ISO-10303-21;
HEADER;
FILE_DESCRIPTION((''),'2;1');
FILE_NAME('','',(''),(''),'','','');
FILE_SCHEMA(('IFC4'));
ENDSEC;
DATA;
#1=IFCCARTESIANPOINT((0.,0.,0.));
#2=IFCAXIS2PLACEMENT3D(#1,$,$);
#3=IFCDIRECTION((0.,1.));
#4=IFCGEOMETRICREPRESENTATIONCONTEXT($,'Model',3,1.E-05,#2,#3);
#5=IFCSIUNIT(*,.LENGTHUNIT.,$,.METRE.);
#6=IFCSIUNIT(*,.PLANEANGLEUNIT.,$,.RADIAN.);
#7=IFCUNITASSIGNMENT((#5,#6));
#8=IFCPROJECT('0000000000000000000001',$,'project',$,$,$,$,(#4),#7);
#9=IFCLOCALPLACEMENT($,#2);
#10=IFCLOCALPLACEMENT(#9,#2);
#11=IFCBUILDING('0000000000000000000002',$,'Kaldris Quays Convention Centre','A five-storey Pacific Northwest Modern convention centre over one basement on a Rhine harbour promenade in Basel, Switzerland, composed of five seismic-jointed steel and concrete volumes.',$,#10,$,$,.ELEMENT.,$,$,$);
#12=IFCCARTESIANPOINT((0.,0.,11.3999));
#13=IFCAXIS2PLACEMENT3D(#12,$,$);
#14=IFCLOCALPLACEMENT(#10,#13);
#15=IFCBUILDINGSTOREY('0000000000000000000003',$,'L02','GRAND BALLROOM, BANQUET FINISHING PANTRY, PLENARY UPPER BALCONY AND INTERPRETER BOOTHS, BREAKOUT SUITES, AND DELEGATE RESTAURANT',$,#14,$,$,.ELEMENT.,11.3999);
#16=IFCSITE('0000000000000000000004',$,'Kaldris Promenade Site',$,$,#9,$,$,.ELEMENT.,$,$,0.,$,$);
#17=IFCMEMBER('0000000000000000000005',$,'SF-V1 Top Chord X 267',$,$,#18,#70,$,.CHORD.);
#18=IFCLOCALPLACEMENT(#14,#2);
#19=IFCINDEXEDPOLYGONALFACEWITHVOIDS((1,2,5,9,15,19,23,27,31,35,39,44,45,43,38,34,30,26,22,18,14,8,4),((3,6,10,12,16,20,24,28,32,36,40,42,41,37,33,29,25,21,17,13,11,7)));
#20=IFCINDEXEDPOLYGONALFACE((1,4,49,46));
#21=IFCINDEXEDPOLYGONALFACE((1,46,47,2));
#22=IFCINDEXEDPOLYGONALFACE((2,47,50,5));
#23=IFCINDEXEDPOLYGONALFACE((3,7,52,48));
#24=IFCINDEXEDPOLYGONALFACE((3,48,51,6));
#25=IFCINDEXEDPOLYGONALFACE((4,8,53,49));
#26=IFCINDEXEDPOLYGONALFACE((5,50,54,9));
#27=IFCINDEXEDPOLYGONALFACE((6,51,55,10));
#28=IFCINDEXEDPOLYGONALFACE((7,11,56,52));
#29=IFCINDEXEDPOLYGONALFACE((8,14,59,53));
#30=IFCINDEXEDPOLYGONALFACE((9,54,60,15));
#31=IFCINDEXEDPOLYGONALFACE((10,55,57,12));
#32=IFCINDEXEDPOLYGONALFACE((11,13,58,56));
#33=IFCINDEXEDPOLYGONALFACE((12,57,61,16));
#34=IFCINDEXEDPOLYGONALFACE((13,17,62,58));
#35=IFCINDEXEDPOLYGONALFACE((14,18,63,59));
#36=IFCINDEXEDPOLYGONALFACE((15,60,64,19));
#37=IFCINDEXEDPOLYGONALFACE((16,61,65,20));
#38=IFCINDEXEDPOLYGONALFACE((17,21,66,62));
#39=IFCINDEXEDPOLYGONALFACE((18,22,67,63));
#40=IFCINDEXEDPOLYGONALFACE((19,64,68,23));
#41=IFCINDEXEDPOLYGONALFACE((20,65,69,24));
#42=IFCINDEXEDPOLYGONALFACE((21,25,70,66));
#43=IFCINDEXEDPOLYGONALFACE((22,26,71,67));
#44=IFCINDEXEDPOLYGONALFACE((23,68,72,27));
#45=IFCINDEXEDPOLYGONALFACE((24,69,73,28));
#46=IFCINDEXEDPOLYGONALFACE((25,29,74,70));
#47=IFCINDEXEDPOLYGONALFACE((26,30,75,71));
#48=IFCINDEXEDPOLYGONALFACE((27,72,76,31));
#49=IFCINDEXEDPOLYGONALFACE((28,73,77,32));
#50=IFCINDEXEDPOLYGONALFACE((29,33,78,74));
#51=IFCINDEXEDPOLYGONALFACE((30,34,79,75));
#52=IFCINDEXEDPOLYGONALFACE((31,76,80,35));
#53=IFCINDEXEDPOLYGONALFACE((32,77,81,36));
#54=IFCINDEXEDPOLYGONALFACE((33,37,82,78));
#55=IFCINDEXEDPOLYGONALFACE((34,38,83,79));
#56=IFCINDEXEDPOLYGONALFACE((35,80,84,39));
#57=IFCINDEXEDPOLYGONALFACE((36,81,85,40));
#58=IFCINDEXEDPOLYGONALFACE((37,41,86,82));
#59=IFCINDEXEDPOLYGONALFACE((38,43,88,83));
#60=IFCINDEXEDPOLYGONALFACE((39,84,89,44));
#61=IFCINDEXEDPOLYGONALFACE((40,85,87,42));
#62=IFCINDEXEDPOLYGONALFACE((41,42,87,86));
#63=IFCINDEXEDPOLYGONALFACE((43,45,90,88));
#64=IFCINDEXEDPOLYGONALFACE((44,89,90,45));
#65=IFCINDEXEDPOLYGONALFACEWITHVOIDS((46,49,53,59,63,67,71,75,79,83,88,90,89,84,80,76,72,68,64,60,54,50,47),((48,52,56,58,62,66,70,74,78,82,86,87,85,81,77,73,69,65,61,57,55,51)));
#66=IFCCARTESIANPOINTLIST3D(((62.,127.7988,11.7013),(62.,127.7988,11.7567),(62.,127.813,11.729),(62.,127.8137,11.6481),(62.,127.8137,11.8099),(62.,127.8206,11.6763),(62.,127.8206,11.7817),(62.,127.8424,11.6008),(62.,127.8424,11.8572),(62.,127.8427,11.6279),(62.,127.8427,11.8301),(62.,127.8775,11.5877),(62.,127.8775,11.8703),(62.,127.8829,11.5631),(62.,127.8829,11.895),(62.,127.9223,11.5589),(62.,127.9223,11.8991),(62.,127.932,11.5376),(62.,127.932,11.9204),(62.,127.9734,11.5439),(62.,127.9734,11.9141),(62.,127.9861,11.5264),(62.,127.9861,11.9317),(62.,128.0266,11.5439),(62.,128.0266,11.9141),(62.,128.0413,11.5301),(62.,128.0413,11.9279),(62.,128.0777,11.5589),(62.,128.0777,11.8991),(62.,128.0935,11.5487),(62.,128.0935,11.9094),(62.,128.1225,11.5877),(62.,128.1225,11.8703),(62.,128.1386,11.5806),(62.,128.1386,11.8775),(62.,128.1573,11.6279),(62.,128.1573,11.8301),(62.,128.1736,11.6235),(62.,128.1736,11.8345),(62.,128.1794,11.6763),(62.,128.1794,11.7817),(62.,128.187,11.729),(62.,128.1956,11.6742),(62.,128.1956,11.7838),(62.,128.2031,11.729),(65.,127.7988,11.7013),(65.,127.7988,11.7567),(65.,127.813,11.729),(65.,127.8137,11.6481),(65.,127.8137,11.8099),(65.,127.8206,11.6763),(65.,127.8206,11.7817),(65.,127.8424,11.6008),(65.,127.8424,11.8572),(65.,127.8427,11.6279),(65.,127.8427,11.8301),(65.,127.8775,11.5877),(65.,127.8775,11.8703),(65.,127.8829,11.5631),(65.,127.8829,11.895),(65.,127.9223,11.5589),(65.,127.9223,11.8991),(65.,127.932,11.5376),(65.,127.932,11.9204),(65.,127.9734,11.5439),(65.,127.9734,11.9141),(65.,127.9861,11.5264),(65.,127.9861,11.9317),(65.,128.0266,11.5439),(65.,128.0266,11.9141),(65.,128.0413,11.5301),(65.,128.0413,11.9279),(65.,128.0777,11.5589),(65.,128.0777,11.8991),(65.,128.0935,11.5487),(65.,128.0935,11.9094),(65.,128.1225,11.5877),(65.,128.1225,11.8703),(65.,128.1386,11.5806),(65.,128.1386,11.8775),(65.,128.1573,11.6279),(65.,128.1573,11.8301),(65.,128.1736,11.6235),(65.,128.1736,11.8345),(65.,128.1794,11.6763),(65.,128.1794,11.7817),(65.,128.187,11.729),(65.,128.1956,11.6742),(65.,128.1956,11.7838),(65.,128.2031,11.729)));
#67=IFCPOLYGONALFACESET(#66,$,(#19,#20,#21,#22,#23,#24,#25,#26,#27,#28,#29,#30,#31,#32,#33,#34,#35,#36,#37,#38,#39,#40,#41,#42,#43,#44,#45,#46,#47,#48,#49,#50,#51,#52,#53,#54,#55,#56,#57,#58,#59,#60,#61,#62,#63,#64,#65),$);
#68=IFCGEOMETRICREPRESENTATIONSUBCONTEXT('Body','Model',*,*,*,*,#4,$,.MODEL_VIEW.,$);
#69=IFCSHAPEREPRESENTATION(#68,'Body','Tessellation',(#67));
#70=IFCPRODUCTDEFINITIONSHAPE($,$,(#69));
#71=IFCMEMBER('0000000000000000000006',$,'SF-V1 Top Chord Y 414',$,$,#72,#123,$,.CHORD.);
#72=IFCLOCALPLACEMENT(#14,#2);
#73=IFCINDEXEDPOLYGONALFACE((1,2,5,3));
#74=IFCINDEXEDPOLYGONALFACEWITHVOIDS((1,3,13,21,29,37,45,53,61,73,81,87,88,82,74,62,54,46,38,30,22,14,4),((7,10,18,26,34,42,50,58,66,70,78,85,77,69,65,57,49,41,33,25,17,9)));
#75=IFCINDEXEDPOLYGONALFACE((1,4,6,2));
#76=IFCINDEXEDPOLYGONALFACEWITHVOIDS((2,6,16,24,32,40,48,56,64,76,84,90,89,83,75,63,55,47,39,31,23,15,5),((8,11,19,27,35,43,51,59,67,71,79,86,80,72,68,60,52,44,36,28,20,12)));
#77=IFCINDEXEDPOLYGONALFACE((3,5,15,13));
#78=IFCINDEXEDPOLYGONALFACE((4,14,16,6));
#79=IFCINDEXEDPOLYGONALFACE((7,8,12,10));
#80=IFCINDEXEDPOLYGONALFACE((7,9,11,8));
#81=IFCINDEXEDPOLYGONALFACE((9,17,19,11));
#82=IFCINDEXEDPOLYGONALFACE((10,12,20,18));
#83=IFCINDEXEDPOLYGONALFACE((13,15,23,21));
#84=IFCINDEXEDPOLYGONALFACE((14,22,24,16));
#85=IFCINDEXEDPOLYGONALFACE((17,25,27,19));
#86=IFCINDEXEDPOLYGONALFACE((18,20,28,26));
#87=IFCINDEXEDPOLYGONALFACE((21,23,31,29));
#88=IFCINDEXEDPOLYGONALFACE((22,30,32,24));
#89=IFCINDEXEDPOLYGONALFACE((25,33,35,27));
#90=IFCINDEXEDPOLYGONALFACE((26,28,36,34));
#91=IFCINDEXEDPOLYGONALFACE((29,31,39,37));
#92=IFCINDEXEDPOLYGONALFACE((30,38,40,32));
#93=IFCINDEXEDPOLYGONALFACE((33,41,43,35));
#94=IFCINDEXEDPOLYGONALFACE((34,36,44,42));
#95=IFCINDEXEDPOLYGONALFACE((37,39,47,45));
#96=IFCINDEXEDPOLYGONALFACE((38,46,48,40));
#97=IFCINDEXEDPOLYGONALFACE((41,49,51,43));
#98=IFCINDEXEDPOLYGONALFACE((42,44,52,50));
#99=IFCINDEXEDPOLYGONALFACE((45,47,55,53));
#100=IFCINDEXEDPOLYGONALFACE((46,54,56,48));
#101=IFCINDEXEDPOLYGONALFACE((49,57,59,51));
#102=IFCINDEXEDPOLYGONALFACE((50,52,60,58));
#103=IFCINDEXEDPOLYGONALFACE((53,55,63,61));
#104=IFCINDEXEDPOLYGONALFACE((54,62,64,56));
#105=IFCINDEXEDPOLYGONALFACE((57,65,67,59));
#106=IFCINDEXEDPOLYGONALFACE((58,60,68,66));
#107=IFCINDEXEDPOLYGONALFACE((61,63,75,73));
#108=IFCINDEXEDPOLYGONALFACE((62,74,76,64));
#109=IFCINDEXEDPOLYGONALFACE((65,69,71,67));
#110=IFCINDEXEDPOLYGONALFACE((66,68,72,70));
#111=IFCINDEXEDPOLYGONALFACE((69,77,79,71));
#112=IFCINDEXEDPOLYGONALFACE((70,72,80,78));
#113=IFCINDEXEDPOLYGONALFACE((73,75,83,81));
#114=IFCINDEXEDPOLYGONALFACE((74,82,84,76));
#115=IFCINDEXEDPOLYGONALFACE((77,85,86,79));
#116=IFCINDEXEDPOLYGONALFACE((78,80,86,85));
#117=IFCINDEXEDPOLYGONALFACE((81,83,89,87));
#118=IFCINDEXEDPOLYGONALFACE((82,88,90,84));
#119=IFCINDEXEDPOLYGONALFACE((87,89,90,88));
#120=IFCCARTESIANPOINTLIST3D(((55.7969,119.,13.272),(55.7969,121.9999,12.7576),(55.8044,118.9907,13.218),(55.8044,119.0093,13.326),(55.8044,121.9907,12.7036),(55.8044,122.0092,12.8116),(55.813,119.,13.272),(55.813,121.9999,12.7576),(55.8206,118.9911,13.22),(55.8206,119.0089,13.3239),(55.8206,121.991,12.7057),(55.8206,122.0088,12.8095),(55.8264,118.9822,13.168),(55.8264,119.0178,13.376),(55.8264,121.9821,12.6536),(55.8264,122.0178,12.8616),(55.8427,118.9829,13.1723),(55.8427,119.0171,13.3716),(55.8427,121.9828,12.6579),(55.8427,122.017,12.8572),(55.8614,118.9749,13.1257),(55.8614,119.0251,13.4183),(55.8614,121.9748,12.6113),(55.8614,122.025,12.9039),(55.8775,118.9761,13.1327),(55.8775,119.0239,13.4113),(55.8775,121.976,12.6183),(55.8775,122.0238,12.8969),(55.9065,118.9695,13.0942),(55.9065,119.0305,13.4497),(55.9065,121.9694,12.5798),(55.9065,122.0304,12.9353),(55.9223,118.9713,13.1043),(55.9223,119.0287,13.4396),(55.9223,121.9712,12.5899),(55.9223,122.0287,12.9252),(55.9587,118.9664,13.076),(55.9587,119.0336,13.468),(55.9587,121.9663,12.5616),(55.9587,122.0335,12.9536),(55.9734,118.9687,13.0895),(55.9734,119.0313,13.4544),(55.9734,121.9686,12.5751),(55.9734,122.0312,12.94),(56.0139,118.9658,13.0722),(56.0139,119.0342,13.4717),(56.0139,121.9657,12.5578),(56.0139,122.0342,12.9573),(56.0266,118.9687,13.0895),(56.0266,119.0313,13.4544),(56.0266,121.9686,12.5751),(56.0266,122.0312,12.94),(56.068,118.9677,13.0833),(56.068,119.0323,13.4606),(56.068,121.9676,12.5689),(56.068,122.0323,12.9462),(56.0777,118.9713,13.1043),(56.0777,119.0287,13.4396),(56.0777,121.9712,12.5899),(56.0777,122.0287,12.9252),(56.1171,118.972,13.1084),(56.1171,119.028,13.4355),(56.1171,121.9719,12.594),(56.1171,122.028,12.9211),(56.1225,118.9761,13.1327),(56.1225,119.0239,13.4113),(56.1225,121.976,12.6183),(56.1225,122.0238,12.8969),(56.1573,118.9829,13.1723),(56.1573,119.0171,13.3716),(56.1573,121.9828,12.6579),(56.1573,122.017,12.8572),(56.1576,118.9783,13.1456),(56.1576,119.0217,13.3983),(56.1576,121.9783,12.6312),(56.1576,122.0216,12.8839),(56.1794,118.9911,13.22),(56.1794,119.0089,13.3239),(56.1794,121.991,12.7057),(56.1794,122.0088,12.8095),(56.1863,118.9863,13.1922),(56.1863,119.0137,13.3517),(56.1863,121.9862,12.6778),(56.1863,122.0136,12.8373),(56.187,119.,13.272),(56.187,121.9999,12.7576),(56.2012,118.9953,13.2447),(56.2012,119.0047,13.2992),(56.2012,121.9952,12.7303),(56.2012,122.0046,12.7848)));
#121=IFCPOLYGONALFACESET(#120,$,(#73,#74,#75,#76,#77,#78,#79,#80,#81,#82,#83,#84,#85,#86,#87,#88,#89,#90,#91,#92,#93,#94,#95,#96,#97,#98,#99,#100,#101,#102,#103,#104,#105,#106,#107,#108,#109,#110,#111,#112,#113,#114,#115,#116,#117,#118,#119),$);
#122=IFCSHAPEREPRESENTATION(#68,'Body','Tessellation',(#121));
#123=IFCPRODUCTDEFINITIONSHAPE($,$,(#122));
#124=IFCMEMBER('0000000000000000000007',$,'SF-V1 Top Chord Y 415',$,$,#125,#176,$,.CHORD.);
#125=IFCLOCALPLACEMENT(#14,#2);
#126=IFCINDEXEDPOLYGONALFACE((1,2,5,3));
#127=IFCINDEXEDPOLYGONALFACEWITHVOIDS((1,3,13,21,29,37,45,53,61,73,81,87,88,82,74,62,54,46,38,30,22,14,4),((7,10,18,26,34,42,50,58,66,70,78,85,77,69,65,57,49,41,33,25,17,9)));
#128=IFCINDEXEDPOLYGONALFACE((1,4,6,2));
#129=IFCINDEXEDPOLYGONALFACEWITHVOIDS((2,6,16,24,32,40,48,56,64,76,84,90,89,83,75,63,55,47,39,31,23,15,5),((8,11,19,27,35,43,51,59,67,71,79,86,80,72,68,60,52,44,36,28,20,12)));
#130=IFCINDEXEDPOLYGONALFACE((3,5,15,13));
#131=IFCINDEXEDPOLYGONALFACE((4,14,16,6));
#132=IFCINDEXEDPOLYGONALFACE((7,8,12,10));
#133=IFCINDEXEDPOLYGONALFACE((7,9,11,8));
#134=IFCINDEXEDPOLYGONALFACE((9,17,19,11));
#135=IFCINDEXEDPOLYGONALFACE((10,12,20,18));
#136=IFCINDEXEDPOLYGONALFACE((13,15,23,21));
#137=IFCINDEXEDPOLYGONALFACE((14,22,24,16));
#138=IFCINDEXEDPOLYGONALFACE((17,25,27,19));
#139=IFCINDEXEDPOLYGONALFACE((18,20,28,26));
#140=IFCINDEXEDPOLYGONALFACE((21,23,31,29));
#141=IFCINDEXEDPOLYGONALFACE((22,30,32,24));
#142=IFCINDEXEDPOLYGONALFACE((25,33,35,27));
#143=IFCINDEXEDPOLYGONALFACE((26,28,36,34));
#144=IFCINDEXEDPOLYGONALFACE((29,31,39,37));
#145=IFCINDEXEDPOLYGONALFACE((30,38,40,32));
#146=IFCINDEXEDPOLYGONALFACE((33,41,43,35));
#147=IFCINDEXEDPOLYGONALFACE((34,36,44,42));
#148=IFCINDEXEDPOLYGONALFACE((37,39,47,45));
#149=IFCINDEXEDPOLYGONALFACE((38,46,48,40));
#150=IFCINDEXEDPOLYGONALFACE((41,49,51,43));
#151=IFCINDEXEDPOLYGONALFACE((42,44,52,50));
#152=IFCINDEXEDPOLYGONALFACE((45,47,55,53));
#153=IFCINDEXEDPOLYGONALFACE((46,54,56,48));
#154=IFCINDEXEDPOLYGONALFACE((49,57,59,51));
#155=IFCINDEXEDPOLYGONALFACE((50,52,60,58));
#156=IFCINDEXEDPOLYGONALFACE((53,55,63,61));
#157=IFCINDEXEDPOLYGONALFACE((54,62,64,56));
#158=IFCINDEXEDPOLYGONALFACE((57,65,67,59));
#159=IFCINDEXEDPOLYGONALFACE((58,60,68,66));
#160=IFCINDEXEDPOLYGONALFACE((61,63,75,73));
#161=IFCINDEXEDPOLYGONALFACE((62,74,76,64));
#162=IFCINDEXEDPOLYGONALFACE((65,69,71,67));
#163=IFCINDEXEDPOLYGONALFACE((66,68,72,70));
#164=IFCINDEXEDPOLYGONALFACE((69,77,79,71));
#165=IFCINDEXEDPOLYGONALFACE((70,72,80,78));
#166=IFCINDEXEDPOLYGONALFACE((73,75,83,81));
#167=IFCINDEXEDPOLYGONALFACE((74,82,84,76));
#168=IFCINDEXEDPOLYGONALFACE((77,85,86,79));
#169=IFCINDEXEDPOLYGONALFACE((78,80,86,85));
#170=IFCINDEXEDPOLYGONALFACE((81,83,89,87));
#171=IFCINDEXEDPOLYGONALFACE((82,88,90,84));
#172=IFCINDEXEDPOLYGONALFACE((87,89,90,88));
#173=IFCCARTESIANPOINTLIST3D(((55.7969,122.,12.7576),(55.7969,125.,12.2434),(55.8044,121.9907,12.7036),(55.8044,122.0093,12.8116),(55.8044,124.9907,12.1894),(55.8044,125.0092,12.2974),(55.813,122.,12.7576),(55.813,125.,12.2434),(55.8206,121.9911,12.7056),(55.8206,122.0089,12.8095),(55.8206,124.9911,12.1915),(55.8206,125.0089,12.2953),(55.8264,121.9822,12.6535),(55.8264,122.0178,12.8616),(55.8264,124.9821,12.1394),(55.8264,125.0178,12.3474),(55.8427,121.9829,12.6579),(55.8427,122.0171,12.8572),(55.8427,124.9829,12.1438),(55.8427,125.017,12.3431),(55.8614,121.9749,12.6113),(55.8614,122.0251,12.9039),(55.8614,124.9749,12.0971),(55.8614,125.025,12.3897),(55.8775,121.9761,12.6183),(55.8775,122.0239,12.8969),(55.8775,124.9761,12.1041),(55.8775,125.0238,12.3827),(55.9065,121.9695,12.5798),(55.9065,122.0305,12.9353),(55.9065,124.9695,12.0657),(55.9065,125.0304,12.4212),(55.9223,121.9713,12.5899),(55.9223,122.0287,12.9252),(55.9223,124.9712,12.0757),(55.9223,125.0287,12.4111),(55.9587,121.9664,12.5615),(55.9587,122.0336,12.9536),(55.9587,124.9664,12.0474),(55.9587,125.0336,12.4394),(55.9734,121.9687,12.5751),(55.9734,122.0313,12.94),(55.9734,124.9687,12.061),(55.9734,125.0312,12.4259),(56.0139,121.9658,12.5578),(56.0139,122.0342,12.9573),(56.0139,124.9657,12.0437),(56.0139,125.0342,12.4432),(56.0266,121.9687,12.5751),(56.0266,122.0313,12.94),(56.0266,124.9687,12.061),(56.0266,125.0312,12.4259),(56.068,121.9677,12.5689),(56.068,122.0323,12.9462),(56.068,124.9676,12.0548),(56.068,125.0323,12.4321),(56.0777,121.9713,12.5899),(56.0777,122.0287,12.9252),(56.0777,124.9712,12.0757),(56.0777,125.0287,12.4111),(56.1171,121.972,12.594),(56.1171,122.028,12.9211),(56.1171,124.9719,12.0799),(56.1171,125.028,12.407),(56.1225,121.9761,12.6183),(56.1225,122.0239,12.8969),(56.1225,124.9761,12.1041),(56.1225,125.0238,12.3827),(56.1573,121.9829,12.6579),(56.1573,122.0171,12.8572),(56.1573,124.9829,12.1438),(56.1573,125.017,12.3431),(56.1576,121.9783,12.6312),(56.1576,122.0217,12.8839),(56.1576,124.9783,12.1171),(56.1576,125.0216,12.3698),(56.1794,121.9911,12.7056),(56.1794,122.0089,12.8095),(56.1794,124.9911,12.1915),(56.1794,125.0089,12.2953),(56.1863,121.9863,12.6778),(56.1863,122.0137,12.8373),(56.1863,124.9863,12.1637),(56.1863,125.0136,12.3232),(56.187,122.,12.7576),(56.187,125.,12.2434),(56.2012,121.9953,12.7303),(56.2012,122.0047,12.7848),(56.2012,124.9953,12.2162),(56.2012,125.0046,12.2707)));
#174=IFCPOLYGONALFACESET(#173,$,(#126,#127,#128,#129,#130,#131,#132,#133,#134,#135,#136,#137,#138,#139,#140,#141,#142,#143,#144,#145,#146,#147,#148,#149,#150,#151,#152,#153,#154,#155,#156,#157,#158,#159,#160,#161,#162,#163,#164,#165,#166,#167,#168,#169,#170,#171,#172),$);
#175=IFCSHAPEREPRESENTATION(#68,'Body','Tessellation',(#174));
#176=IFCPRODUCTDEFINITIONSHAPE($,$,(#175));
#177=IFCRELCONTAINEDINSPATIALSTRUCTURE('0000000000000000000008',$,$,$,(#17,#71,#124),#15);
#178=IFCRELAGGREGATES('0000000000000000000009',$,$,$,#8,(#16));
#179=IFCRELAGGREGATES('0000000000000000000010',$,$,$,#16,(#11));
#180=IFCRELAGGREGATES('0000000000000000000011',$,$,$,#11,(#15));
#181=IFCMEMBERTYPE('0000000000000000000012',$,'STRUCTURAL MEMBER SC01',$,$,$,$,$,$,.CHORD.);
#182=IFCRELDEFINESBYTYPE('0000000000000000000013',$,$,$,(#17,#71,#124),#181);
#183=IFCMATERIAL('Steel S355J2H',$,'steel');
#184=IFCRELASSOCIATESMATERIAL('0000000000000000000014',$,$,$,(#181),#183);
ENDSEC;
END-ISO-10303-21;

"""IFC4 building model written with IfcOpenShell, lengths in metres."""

from ifc_helpers import new_model, si_unit, direction, frame, origin, origin_2d, place, context, subcontext, project, spatial, hollow_circle, extrude, material, material_profile, profile_set, type_object, element, save


model = new_model("IFC4")

# Units and contexts
model_context = context("Model", 3, precision=1e-05, world=origin(), true_north=direction((0.0, 1.0)))
body_context = subcontext(model_context, "Body", "Model", "MODEL_VIEW")
ifc_project = project(units=[si_unit("LENGTHUNIT", "METRE"), si_unit("PLANEANGLEUNIT", "RADIAN")], contexts=[model_context])

# Site, building, storey
site_placement = place(None, origin())
site = spatial("IfcSite", under=ifc_project, at=site_placement, Name="Kaldris Promenade Site", CompositionType="ELEMENT", RefElevation=0.0)
building_placement = place(site_placement, origin())
building = spatial("IfcBuilding", under=site, at=building_placement, Name="Kaldris Quays Convention Centre", Description="A five-storey Pacific Northwest Modern convention centre over one basement on a Rhine harbour promenade in Basel, Switzerland, composed of five seismic-jointed steel and concrete volumes.", CompositionType="ELEMENT")
storey_placement = place(building_placement, frame((0.0, 0.0, 11.3999)))
storey = spatial("IfcBuildingStorey", under=building, at=storey_placement, Name="L02", Description="GRAND BALLROOM, BANQUET FINISHING PANTRY, PLENARY UPPER BALCONY AND INTERPRETER BOOTHS, BREAKOUT SUITES, AND DELEGATE RESTAURANT", CompositionType="ELEMENT", Elevation=11.3999)

# Members
ifc_material_1 = material(Name="Steel S355J2H", Category="steel")
ifc_material_profile_1 = material_profile(ifc_material_1, hollow_circle(Radius=0.2031, WallThickness=0.0161, at=origin_2d()), Name="CHS 406.4x16")
ifc_profile_set_1 = profile_set([ifc_material_profile_1], Name="Steel S355J2H")
member_type_1 = type_object("IfcMemberType", Name="STRUCTURAL MEMBER SC01", PredefinedType="CHORD", material=ifc_profile_set_1)
for number, where, z_axis, x_axis, name in (
    (1, (62.0, 128.0, 11.729), (1.0, 0.0, 0.0), (0.0, 1.0, 0.0), "SF-V1 Top Chord X 267"),
):
    element("IfcMember", number, at=place(storey_placement, frame(where, z_axis=z_axis, x_axis=x_axis)), inside=storey, type_object=member_type_1, Name=name, PredefinedType="CHORD", context=body_context, shape_type="SweptSolid", body=[
        extrude(hollow_circle(Radius=0.2031, WallThickness=0.0161, at=origin_2d()), origin(), (0.0, 0.0, 1.0), 3.0),
    ])
for number, where, z_axis, x_axis, name in (
    (2, (56.0, 119.0, 13.272), (0.0, 0.985616, -0.169002), (-1.0, 0.0, 0.0), "SF-V1 Top Chord Y 414"),
    (3, (56.0, 122.0, 12.7576), (0.0, 0.985629, -0.168924), (-1.0, 0.0, 0.0), "SF-V1 Top Chord Y 415"),
):
    element("IfcMember", number, at=place(storey_placement, frame(where, z_axis=z_axis, x_axis=x_axis)), inside=storey, type_object=member_type_1, Name=name, PredefinedType="CHORD", context=body_context, shape_type="SweptSolid", body=[
        extrude(hollow_circle(Radius=0.2031, WallThickness=0.0161, at=origin_2d()), origin(), (0.0, 0.0, 1.0), 3.0437),
    ])

save(model, "model.ifc")
